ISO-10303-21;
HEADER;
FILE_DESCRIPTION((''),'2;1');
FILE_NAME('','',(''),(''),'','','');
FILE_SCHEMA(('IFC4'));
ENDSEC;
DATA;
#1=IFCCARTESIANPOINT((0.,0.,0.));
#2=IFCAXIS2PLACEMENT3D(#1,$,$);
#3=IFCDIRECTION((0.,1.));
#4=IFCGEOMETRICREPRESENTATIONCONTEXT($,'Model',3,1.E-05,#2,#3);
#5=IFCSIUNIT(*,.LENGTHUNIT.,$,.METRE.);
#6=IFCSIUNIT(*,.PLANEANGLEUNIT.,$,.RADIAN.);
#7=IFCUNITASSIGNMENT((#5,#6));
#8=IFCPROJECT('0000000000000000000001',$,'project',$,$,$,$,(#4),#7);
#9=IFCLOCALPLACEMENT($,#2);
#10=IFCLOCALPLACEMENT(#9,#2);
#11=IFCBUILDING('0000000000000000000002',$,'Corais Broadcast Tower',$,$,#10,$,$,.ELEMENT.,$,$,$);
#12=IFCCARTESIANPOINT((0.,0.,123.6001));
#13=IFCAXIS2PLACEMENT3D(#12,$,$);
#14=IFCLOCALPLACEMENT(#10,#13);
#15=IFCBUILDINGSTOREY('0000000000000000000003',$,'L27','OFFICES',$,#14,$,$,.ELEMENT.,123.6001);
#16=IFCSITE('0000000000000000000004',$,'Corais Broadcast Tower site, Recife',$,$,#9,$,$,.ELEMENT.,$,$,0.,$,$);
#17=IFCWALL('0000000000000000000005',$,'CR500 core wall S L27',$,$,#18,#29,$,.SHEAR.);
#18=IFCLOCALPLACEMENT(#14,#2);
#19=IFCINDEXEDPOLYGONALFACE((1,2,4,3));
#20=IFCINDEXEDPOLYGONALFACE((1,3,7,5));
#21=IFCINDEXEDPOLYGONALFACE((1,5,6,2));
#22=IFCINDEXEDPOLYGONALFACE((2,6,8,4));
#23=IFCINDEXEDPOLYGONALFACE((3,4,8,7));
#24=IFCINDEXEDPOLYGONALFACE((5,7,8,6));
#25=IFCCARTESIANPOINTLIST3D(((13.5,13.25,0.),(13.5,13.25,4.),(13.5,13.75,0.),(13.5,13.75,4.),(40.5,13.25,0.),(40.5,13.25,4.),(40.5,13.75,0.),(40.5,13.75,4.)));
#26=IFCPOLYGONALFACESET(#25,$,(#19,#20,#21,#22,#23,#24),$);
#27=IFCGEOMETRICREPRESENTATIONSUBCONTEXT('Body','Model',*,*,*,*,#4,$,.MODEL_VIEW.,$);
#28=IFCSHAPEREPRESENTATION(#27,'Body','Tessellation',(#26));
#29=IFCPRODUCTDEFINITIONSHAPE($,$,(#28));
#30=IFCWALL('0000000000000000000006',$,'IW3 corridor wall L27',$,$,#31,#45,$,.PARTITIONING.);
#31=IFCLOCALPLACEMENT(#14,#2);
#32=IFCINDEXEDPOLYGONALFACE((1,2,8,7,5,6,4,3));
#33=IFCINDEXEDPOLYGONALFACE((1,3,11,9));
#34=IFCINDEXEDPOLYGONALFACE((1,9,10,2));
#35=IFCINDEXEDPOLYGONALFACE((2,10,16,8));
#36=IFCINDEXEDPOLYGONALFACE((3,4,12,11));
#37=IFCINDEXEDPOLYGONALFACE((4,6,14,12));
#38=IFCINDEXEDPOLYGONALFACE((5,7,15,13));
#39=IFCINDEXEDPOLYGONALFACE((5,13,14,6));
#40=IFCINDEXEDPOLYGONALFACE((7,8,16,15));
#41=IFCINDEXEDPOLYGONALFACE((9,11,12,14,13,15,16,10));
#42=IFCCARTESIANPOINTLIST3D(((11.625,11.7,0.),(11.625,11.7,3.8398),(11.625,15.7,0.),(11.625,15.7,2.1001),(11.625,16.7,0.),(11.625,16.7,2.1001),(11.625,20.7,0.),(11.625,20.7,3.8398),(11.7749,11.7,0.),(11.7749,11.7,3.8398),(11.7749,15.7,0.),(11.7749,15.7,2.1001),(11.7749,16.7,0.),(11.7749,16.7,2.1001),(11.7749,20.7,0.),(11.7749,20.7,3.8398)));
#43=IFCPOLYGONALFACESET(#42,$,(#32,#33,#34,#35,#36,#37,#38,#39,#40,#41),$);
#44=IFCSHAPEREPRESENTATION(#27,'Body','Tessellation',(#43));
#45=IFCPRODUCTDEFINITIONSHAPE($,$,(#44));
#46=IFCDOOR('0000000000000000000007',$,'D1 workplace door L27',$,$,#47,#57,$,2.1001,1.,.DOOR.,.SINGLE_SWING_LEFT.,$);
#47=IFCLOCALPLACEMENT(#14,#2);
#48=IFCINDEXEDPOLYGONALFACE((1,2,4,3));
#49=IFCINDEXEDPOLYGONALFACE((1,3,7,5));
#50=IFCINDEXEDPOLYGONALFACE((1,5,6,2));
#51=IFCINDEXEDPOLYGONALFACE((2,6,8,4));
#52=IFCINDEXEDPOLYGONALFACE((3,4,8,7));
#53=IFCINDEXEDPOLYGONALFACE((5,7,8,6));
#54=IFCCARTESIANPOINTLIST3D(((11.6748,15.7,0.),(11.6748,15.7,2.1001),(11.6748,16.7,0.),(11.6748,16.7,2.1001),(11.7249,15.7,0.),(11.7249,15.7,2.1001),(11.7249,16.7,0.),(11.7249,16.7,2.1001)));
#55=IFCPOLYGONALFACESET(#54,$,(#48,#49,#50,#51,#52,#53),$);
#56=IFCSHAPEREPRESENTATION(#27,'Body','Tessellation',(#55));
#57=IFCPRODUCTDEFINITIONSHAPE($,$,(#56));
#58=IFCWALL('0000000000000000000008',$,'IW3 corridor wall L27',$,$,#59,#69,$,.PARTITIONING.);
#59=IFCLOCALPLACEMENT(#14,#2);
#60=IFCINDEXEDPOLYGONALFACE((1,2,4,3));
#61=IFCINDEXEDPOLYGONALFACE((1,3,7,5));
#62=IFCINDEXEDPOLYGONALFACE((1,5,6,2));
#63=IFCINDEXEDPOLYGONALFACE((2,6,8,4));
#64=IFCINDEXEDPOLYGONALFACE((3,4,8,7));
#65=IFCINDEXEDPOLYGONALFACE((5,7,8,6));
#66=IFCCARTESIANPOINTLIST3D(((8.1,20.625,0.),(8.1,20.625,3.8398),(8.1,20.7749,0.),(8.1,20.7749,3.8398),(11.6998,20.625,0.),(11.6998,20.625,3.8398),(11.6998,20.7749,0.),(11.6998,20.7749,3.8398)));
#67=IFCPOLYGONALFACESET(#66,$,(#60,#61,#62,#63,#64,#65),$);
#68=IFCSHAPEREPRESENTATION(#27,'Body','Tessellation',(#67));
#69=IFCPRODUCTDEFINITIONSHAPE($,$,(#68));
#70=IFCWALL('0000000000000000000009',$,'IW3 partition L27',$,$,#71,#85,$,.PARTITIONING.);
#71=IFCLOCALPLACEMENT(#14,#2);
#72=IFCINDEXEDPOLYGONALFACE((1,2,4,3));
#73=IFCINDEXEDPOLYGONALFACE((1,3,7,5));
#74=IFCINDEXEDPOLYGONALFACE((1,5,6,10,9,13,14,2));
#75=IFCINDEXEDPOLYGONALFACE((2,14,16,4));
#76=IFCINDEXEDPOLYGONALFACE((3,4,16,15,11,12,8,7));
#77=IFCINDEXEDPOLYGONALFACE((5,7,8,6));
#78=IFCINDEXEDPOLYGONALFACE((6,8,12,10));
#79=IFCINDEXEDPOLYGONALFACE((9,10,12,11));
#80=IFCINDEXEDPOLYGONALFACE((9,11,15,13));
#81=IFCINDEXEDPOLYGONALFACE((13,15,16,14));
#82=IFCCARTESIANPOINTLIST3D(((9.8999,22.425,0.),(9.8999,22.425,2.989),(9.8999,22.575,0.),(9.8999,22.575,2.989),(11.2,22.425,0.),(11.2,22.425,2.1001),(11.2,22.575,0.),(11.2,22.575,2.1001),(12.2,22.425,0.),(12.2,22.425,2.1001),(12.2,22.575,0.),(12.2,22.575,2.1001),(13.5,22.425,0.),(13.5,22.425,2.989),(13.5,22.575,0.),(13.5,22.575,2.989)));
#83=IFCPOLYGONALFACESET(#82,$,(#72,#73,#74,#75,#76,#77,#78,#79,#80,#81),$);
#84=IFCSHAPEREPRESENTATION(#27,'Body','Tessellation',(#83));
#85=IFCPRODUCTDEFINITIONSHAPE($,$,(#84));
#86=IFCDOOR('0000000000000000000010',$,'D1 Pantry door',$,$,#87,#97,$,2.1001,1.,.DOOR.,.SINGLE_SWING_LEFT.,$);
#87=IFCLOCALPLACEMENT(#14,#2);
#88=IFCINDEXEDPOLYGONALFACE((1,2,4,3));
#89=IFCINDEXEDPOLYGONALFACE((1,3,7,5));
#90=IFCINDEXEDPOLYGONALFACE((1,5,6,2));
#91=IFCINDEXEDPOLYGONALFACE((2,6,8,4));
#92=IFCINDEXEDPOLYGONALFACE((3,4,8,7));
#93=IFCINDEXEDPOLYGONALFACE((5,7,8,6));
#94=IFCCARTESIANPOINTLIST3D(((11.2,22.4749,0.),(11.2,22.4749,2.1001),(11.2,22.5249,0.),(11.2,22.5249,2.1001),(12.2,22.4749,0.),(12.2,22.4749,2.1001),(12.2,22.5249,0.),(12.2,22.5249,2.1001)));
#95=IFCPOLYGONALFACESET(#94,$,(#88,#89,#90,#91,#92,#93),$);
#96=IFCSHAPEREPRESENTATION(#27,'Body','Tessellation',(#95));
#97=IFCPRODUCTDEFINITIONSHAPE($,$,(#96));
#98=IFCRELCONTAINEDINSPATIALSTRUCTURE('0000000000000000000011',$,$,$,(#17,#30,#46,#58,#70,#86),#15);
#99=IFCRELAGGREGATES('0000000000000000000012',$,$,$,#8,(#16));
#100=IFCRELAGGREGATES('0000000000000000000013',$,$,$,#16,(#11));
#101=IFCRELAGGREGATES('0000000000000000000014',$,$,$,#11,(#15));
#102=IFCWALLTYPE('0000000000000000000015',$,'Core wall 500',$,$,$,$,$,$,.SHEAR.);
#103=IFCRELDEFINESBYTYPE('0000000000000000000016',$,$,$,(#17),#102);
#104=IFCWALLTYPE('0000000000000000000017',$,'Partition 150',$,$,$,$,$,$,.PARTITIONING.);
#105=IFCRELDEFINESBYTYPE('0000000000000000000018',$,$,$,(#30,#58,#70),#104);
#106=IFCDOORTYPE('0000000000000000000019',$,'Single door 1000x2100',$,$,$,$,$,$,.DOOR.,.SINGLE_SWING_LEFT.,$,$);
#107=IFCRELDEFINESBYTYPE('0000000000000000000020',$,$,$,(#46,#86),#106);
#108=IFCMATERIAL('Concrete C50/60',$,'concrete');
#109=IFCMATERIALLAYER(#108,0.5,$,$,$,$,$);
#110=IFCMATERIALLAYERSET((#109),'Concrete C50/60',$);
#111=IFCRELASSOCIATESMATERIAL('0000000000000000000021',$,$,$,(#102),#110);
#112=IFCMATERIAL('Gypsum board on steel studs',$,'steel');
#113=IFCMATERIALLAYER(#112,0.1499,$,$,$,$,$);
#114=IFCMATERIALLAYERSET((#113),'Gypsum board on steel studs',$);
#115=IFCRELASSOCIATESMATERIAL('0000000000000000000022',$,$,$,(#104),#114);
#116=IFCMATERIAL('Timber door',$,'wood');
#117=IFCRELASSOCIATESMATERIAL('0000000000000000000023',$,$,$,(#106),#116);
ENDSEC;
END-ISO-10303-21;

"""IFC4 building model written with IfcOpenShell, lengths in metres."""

from ifc_helpers import new_model, si_unit, direction, frame, frame_2d, origin, place, context, subcontext, project, spatial, rectangle, extrude, material, layer, layer_set, type_object, element, fill, save


model = new_model("IFC4")

# Units and contexts
model_context = context("Model", 3, precision=1e-05, world=origin(), true_north=direction((0.0, 1.0)))
body_context = subcontext(model_context, "Body", "Model", "MODEL_VIEW")
ifc_project = project(units=[si_unit("LENGTHUNIT", "METRE"), si_unit("PLANEANGLEUNIT", "RADIAN")], contexts=[model_context])

# Site, building, storey
site_placement = place(None, origin())
site = spatial("IfcSite", under=ifc_project, at=site_placement, Name="Corais Broadcast Tower site, Recife", CompositionType="ELEMENT", RefElevation=0.0)
building_placement = place(site_placement, origin())
building = spatial("IfcBuilding", under=site, at=building_placement, Name="Corais Broadcast Tower", CompositionType="ELEMENT")
storey_placement = place(building_placement, frame((0.0, 0.0, 123.6001)))
storey = spatial("IfcBuildingStorey", under=building, at=storey_placement, Name="L27", Description="OFFICES", CompositionType="ELEMENT", Elevation=123.6001)

# Wall
ifc_material_1 = material(Name="Concrete C50/60", Category="concrete")
ifc_layer_1 = layer(ifc_material_1, 0.5)
ifc_layer_set_1 = layer_set([ifc_layer_1], Name="Concrete C50/60")
wall_type_1 = type_object("IfcWallType", Name="Core wall 500", PredefinedType="SHEAR", material=ifc_layer_set_1)
wall_1_placement = place(storey_placement, frame((13.5, 13.5, 0.0), z_axis=(0.0, 0.0, 1.0), x_axis=(1.0, 0.0, 0.0)))
element("IfcWall", 1, at=wall_1_placement, inside=storey, type_object=wall_type_1, Name="CR500 core wall S L27", PredefinedType="SHEAR", context=body_context, shape_type="SweptSolid", body=[
    extrude(rectangle(XDim=27.0, YDim=0.5, at=frame_2d((13.5, 0.0))), origin(), (0.0, 0.0, 1.0), 4.0),
])

# Wall, opening, door
ifc_material_2 = material(Name="Gypsum board on steel studs", Category="steel")
ifc_layer_2 = layer(ifc_material_2, 0.1499)
ifc_layer_set_2 = layer_set([ifc_layer_2], Name="Gypsum board on steel studs")
wall_type_2 = type_object("IfcWallType", Name="Partition 150", PredefinedType="PARTITIONING", material=ifc_layer_set_2)
wall_2_placement = place(storey_placement, frame((11.7, 20.7, 0.0), z_axis=(0.0, 0.0, 1.0), x_axis=(0.0, -1.0, 0.0)))
wall_2 = element("IfcWall", 2, at=wall_2_placement, inside=storey, type_object=wall_type_2, Name="IW3 corridor wall L27", PredefinedType="PARTITIONING", context=body_context, shape_type="SweptSolid", body=[
    extrude(rectangle(XDim=9.0, YDim=0.1499, at=frame_2d((4.5, 0.0))), origin(), (0.0, 0.0, 1.0), 3.8398),
])
opening_1_placement = place(wall_2_placement, frame((4.0, 0.0, 0.0)))
opening_1 = element("IfcOpeningElement", 3, at=opening_1_placement, cuts=wall_2, PredefinedType="OPENING", context=body_context, shape_type="SweptSolid", body=[
    extrude(rectangle(XDim=1.0, YDim=2.1001, at=frame_2d((0.5, 1.05))), frame((0.0, 0.085, 0.0), z_axis=(0.0, -1.0, 0.0), x_axis=(1.0, 0.0, 0.0)), (0.0, 0.0, 1.0), 0.1699),
])
ifc_material_3 = material(Name="Timber door", Category="wood")
door_type_1 = type_object("IfcDoorType", Name="Single door 1000x2100", OperationType="SINGLE_SWING_LEFT", PredefinedType="DOOR", material=ifc_material_3)
door_1_placement = place(opening_1_placement, origin())
door_1 = element("IfcDoor", 4, at=door_1_placement, inside=storey, type_object=door_type_1, Name="D1 workplace door L27", OperationType="SINGLE_SWING_LEFT", OverallHeight=2.1001, OverallWidth=1.0, PredefinedType="DOOR", context=body_context, shape_type="SweptSolid", body=[
    extrude(rectangle(XDim=1.0, YDim=2.1001, at=frame_2d((0.5, 1.05))), frame((0.0, 0.0249, 0.0), z_axis=(0.0, -1.0, 0.0), x_axis=(1.0, 0.0, 0.0)), (0.0, 0.0, 1.0), 0.05),
])
fill(opening_1, door_1)

# Wall
wall_3_placement = place(storey_placement, frame((8.1001, 20.7, 0.0), z_axis=(0.0, 0.0, 1.0), x_axis=(1.0, 0.0, 0.0)))
element("IfcWall", 5, at=wall_3_placement, inside=storey, type_object=wall_type_2, Name="IW3 corridor wall L27", PredefinedType="PARTITIONING", context=body_context, shape_type="SweptSolid", body=[
    extrude(rectangle(XDim=3.5999, YDim=0.1499, at=frame_2d((1.7998, 0.0))), origin(), (0.0, 0.0, 1.0), 3.8398),
])

# Wall, opening, door
wall_4_placement = place(storey_placement, frame((9.8999, 22.5, 0.0), z_axis=(0.0, 0.0, 1.0), x_axis=(1.0, 0.0, 0.0)))
wall_4 = element("IfcWall", 6, at=wall_4_placement, inside=storey, type_object=wall_type_2, Name="IW3 partition L27", PredefinedType="PARTITIONING", context=body_context, shape_type="SweptSolid", body=[
    extrude(rectangle(XDim=3.6001, YDim=0.1499, at=frame_2d((1.8, 0.0))), origin(), (0.0, 0.0, 1.0), 2.989),
])
opening_2_placement = place(wall_4_placement, frame((1.3, 0.0, 0.0)))
opening_2 = element("IfcOpeningElement", 7, at=opening_2_placement, cuts=wall_4, PredefinedType="OPENING", context=body_context, shape_type="SweptSolid", body=[
    extrude(rectangle(XDim=1.0, YDim=2.1001, at=frame_2d((0.5, 1.05))), frame((0.0, 0.085, 0.0), z_axis=(0.0, -1.0, 0.0), x_axis=(1.0, 0.0, 0.0)), (0.0, 0.0, 1.0), 0.1699),
])
door_2_placement = place(opening_2_placement, origin())
door_2 = element("IfcDoor", 8, at=door_2_placement, inside=storey, type_object=door_type_1, Name="D1 Pantry door", OperationType="SINGLE_SWING_LEFT", OverallHeight=2.1001, OverallWidth=1.0, PredefinedType="DOOR", context=body_context, shape_type="SweptSolid", body=[
    extrude(rectangle(XDim=1.0, YDim=2.1001, at=frame_2d((0.5, 1.05))), frame((0.0, 0.0249, 0.0), z_axis=(0.0, -1.0, 0.0), x_axis=(1.0, 0.0, 0.0)), (0.0, 0.0, 1.0), 0.05),
])
fill(opening_2, door_2)

save(model, "model.ifc")
